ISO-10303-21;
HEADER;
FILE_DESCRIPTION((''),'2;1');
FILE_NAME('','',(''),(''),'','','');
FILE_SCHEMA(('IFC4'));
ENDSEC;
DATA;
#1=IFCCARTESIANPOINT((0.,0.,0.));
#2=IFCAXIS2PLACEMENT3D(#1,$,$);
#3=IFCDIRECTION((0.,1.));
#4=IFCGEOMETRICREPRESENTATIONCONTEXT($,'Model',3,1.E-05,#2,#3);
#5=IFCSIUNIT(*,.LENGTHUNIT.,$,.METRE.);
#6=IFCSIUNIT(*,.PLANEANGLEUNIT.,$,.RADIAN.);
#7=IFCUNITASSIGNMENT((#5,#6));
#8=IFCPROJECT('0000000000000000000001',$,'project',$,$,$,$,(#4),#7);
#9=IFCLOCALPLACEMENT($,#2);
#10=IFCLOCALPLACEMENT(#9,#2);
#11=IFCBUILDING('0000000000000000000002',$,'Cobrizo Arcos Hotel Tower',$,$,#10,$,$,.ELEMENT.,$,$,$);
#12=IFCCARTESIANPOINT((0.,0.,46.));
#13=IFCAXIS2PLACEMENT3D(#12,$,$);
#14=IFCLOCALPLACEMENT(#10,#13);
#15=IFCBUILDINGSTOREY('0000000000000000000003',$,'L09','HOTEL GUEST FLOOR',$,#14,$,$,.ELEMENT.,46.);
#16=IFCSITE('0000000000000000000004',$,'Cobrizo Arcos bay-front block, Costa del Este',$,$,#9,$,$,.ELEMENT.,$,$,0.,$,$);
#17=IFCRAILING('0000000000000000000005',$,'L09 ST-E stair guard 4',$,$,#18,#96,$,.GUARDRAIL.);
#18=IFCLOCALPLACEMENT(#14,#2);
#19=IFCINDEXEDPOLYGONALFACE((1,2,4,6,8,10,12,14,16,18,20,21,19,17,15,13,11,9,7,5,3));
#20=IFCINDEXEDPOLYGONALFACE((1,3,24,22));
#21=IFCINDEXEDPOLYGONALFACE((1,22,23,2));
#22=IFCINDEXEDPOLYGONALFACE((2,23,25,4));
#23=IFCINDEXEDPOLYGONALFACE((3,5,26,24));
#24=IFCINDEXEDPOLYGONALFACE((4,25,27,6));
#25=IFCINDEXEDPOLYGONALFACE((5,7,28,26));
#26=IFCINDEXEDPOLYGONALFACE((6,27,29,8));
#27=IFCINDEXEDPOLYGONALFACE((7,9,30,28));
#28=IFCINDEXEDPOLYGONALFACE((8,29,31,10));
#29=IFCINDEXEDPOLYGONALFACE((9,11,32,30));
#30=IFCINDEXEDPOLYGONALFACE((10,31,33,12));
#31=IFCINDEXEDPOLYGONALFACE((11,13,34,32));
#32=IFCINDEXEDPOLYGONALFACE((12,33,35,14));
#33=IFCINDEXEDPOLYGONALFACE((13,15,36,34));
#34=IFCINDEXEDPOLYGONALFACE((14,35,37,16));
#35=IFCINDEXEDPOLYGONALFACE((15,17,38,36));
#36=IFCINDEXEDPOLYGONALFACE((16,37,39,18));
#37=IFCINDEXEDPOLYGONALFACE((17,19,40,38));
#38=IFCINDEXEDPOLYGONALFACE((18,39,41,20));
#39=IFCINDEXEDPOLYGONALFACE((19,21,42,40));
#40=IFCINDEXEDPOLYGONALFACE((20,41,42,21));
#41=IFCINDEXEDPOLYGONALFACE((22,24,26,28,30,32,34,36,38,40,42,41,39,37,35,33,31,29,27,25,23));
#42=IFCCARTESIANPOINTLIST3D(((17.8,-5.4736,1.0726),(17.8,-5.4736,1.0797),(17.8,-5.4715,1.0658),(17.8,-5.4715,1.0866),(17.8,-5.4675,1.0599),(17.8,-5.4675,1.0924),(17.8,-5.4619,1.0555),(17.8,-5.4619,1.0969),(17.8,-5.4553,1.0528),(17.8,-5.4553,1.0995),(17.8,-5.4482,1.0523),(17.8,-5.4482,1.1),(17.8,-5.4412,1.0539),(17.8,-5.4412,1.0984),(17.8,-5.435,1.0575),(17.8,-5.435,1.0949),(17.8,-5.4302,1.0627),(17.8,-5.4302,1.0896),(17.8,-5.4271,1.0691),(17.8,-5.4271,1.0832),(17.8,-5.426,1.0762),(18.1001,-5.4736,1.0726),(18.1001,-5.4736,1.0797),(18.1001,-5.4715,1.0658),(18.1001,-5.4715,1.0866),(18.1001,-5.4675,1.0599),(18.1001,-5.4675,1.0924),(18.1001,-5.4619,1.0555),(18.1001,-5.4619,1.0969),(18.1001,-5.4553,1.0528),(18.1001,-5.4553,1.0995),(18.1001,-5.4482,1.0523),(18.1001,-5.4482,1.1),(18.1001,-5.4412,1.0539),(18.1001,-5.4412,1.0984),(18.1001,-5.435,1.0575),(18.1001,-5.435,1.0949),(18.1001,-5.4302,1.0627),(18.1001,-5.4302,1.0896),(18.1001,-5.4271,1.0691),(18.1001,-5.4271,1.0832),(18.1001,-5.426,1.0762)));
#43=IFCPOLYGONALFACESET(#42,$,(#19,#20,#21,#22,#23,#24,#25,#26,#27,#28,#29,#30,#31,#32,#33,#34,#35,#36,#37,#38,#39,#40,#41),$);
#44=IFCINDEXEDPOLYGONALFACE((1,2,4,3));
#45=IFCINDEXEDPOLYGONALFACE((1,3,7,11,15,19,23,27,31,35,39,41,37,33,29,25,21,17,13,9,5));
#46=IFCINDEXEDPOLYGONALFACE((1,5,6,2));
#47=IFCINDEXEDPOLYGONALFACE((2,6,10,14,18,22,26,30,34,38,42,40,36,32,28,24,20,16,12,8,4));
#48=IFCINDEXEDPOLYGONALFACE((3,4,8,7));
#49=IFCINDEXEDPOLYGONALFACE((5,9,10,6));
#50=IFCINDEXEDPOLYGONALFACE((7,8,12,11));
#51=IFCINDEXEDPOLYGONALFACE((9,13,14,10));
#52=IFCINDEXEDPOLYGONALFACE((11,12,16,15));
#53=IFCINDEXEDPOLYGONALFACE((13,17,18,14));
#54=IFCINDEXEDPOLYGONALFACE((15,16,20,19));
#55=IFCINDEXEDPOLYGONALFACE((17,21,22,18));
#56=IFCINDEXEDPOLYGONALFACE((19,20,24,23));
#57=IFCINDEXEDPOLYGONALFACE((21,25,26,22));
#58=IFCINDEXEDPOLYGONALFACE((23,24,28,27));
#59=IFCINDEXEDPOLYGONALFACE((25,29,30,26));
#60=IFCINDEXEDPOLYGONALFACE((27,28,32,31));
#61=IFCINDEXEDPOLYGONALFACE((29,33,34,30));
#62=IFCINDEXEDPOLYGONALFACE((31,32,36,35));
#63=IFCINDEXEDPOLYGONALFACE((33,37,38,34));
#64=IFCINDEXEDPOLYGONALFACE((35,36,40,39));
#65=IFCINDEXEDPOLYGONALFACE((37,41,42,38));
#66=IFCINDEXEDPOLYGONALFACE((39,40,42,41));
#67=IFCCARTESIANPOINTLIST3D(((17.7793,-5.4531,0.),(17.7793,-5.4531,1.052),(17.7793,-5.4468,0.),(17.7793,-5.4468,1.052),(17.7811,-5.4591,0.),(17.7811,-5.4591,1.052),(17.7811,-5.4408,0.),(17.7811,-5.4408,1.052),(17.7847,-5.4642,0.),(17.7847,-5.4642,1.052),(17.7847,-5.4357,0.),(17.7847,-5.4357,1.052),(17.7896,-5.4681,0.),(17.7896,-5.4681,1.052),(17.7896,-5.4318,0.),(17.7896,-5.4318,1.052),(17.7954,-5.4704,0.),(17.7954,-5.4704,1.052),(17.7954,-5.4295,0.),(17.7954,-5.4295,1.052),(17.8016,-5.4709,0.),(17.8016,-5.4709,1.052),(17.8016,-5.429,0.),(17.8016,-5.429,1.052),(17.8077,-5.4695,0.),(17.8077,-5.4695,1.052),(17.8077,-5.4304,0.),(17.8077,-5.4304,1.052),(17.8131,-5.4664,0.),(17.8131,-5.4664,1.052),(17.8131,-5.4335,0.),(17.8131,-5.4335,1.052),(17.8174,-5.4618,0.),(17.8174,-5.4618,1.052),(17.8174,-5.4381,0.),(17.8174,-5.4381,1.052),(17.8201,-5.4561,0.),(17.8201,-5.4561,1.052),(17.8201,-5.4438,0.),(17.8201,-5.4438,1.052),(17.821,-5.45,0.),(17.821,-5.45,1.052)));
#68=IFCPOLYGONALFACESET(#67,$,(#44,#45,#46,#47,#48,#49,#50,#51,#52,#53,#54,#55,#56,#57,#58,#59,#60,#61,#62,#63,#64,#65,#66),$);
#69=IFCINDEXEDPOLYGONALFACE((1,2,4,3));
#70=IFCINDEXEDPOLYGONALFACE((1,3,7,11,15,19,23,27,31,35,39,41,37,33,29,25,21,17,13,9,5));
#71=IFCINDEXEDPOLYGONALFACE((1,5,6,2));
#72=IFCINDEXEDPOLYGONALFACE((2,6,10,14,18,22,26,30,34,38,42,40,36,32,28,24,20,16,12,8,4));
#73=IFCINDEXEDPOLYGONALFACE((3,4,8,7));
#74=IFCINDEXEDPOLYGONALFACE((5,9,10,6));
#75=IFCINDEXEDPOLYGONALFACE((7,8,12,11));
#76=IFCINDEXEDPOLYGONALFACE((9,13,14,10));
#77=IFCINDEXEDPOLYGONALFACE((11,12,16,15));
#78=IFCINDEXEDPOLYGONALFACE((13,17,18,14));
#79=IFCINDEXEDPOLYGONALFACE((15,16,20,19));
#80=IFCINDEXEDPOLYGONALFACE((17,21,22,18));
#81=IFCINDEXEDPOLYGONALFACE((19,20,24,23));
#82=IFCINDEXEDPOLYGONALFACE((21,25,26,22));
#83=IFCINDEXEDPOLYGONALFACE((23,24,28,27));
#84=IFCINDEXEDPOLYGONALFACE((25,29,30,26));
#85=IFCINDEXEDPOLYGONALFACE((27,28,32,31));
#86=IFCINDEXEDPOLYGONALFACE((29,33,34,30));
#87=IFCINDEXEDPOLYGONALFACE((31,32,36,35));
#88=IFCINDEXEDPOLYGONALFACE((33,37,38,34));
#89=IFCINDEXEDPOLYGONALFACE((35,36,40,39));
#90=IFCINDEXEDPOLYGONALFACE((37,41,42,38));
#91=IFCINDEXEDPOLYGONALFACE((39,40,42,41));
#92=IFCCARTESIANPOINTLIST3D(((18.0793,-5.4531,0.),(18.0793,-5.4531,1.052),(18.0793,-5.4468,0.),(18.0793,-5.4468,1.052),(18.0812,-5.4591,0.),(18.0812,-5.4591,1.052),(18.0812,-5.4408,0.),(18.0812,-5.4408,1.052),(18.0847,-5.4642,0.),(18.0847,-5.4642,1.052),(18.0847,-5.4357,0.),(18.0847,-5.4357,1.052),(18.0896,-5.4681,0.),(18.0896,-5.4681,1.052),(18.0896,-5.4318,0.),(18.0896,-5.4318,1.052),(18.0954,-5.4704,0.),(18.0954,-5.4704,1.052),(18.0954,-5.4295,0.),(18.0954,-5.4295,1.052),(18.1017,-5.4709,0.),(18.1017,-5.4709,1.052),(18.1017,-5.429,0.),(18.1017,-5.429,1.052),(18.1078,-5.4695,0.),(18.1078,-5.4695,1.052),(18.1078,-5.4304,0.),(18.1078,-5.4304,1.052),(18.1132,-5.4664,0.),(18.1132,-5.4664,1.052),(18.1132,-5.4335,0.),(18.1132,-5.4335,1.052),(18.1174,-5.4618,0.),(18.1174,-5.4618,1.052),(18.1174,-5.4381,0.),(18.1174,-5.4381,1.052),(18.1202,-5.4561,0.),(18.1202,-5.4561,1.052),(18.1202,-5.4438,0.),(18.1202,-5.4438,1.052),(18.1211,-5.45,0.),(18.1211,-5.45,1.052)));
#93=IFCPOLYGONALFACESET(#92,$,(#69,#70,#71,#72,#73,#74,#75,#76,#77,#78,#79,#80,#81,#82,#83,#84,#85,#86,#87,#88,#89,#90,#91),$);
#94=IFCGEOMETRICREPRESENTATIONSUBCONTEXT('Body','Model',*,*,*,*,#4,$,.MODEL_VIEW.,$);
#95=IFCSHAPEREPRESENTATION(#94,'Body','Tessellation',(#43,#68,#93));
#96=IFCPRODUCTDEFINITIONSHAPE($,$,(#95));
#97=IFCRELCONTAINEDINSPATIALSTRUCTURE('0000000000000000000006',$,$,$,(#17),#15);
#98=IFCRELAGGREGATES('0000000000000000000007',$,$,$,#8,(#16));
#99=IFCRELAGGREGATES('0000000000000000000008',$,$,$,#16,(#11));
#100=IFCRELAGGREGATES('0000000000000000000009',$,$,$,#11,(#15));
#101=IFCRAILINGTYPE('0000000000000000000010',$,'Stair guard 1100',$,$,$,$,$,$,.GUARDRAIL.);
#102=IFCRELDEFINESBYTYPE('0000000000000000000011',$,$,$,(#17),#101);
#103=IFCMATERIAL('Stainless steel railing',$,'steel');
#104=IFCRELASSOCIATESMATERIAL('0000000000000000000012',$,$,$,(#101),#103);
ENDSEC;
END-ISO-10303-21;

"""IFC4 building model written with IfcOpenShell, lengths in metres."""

from ifc_helpers import new_model, si_unit, direction, frame, origin, origin_2d, place, context, subcontext, project, spatial, circle, extrude, material, type_object, element, save


model = new_model("IFC4")

# Units and contexts
model_context = context("Model", 3, precision=1e-05, world=origin(), true_north=direction((0.0, 1.0)))
body_context = subcontext(model_context, "Body", "Model", "MODEL_VIEW")
ifc_project = project(units=[si_unit("LENGTHUNIT", "METRE"), si_unit("PLANEANGLEUNIT", "RADIAN")], contexts=[model_context])

# Site, building, storey
site_placement = place(None, origin())
site = spatial("IfcSite", under=ifc_project, at=site_placement, Name="Cobrizo Arcos bay-front block, Costa del Este", CompositionType="ELEMENT", RefElevation=0.0)
building_placement = place(site_placement, origin())
building = spatial("IfcBuilding", under=site, at=building_placement, Name="Cobrizo Arcos Hotel Tower", CompositionType="ELEMENT")
storey_placement = place(building_placement, frame((0.0, 0.0, 46.0)))
storey = spatial("IfcBuildingStorey", under=building, at=storey_placement, Name="L09", Description="HOTEL GUEST FLOOR", CompositionType="ELEMENT", Elevation=46.0)

# Railing
ifc_material_1 = material(Name="Stainless steel railing", Category="steel")
railing_type_1 = type_object("IfcRailingType", Name="Stair guard 1100", PredefinedType="GUARDRAIL", material=ifc_material_1)
railing_1_placement = place(storey_placement, frame((17.8, -5.45, 0.0)))
element("IfcRailing", 1, at=railing_1_placement, inside=storey, type_object=railing_type_1, Name="L09 ST-E stair guard 4", PredefinedType="GUARDRAIL", context=body_context, shape_type="SweptSolid", body=[
    extrude(circle(Radius=0.0239, at=origin_2d()), frame((0.0, 0.0, 1.0762), z_axis=(1.0, 0.0, 0.0), x_axis=(0.0, 1.0, 0.0)), (0.0, 0.0, 1.0), 0.3),
    extrude(circle(Radius=0.021, at=origin_2d()), origin(), (0.0, 0.0, 1.0), 1.052),
    extrude(circle(Radius=0.021, at=origin_2d()), frame((0.3, 0.0, 0.0)), (0.0, 0.0, 1.0), 1.052),
])

save(model, "model.ifc")
